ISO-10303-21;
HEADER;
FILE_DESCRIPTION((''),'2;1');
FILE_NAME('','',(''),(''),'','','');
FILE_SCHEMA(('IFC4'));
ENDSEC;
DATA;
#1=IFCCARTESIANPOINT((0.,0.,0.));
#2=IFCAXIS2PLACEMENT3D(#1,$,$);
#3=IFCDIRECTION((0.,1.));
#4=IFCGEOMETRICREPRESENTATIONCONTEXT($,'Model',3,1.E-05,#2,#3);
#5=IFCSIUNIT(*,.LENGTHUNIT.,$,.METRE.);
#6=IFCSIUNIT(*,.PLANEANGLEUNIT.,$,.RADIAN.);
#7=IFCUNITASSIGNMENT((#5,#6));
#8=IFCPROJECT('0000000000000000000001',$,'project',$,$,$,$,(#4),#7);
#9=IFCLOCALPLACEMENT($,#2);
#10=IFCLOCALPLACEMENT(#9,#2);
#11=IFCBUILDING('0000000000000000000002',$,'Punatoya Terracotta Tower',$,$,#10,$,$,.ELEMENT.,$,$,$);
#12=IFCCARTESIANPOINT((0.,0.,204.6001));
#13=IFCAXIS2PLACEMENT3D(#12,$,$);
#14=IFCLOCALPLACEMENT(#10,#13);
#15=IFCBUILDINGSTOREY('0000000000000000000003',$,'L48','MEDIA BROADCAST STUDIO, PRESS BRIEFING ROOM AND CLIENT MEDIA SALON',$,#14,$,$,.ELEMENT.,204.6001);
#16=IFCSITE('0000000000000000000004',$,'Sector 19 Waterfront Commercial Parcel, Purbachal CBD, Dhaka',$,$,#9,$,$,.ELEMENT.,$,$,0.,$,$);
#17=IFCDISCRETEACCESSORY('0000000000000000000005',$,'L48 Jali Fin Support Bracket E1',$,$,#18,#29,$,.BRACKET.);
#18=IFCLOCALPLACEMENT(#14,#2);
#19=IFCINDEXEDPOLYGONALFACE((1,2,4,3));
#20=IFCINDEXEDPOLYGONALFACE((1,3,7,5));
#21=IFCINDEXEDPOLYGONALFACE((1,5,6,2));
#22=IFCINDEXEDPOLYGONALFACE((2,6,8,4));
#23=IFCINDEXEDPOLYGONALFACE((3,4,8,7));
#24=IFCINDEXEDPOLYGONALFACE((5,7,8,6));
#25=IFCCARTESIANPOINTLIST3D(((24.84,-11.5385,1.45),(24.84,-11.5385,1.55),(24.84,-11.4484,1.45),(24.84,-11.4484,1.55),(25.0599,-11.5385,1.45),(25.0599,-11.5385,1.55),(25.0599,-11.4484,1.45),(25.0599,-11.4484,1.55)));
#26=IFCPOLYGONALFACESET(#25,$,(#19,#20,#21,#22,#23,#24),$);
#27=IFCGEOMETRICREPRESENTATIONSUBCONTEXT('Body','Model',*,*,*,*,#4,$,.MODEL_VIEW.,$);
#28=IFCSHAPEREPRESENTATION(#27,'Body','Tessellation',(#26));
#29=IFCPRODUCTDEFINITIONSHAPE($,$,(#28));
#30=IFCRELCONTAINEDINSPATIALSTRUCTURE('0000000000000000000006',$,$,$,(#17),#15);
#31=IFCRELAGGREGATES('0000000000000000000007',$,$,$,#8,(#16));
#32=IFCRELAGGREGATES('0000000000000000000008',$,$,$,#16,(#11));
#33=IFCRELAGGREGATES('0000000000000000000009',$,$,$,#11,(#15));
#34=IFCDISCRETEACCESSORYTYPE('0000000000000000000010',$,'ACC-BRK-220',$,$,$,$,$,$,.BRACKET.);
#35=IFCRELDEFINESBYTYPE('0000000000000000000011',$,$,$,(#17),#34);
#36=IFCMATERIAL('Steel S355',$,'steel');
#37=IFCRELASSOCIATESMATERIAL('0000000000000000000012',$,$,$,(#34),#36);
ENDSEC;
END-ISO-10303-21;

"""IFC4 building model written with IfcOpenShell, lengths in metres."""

from ifc_helpers import new_model, si_unit, direction, frame, origin, origin_2d, place, context, subcontext, project, spatial, rectangle, extrude, material, type_object, element, save


model = new_model("IFC4")

# Units and contexts
model_context = context("Model", 3, precision=1e-05, world=origin(), true_north=direction((0.0, 1.0)))
body_context = subcontext(model_context, "Body", "Model", "MODEL_VIEW")
ifc_project = project(units=[si_unit("LENGTHUNIT", "METRE"), si_unit("PLANEANGLEUNIT", "RADIAN")], contexts=[model_context])

# Site, building, storey
site_placement = place(None, origin())
site = spatial("IfcSite", under=ifc_project, at=site_placement, Name="Sector 19 Waterfront Commercial Parcel, Purbachal CBD, Dhaka", CompositionType="ELEMENT", RefElevation=0.0)
building_placement = place(site_placement, origin())
building = spatial("IfcBuilding", under=site, at=building_placement, Name="Punatoya Terracotta Tower", CompositionType="ELEMENT")
storey_placement = place(building_placement, frame((0.0, 0.0, 204.6001)))
storey = spatial("IfcBuildingStorey", under=building, at=storey_placement, Name="L48", Description="MEDIA BROADCAST STUDIO, PRESS BRIEFING ROOM AND CLIENT MEDIA SALON", CompositionType="ELEMENT", Elevation=204.6001)

# Discrete accessory
ifc_material_1 = material(Name="Steel S355", Category="steel")
discrete_accessory_type = type_object("IfcDiscreteAccessoryType", Name="ACC-BRK-220", PredefinedType="BRACKET", material=ifc_material_1)
discrete_accessory_placement = place(storey_placement, frame((24.95, -11.4934, 1.45), z_axis=(0.0, 0.0, 1.0), x_axis=(0.0, 1.0, 0.0)))
element("IfcDiscreteAccessory", 1, at=discrete_accessory_placement, inside=storey, type_object=discrete_accessory_type, Name="L48 Jali Fin Support Bracket E1", PredefinedType="BRACKET", context=body_context, shape_type="SweptSolid", body=[
    extrude(rectangle(XDim=0.0901, YDim=0.22, at=origin_2d()), origin(), (0.0, 0.0, 1.0), 0.1001),
])

save(model, "model.ifc")
